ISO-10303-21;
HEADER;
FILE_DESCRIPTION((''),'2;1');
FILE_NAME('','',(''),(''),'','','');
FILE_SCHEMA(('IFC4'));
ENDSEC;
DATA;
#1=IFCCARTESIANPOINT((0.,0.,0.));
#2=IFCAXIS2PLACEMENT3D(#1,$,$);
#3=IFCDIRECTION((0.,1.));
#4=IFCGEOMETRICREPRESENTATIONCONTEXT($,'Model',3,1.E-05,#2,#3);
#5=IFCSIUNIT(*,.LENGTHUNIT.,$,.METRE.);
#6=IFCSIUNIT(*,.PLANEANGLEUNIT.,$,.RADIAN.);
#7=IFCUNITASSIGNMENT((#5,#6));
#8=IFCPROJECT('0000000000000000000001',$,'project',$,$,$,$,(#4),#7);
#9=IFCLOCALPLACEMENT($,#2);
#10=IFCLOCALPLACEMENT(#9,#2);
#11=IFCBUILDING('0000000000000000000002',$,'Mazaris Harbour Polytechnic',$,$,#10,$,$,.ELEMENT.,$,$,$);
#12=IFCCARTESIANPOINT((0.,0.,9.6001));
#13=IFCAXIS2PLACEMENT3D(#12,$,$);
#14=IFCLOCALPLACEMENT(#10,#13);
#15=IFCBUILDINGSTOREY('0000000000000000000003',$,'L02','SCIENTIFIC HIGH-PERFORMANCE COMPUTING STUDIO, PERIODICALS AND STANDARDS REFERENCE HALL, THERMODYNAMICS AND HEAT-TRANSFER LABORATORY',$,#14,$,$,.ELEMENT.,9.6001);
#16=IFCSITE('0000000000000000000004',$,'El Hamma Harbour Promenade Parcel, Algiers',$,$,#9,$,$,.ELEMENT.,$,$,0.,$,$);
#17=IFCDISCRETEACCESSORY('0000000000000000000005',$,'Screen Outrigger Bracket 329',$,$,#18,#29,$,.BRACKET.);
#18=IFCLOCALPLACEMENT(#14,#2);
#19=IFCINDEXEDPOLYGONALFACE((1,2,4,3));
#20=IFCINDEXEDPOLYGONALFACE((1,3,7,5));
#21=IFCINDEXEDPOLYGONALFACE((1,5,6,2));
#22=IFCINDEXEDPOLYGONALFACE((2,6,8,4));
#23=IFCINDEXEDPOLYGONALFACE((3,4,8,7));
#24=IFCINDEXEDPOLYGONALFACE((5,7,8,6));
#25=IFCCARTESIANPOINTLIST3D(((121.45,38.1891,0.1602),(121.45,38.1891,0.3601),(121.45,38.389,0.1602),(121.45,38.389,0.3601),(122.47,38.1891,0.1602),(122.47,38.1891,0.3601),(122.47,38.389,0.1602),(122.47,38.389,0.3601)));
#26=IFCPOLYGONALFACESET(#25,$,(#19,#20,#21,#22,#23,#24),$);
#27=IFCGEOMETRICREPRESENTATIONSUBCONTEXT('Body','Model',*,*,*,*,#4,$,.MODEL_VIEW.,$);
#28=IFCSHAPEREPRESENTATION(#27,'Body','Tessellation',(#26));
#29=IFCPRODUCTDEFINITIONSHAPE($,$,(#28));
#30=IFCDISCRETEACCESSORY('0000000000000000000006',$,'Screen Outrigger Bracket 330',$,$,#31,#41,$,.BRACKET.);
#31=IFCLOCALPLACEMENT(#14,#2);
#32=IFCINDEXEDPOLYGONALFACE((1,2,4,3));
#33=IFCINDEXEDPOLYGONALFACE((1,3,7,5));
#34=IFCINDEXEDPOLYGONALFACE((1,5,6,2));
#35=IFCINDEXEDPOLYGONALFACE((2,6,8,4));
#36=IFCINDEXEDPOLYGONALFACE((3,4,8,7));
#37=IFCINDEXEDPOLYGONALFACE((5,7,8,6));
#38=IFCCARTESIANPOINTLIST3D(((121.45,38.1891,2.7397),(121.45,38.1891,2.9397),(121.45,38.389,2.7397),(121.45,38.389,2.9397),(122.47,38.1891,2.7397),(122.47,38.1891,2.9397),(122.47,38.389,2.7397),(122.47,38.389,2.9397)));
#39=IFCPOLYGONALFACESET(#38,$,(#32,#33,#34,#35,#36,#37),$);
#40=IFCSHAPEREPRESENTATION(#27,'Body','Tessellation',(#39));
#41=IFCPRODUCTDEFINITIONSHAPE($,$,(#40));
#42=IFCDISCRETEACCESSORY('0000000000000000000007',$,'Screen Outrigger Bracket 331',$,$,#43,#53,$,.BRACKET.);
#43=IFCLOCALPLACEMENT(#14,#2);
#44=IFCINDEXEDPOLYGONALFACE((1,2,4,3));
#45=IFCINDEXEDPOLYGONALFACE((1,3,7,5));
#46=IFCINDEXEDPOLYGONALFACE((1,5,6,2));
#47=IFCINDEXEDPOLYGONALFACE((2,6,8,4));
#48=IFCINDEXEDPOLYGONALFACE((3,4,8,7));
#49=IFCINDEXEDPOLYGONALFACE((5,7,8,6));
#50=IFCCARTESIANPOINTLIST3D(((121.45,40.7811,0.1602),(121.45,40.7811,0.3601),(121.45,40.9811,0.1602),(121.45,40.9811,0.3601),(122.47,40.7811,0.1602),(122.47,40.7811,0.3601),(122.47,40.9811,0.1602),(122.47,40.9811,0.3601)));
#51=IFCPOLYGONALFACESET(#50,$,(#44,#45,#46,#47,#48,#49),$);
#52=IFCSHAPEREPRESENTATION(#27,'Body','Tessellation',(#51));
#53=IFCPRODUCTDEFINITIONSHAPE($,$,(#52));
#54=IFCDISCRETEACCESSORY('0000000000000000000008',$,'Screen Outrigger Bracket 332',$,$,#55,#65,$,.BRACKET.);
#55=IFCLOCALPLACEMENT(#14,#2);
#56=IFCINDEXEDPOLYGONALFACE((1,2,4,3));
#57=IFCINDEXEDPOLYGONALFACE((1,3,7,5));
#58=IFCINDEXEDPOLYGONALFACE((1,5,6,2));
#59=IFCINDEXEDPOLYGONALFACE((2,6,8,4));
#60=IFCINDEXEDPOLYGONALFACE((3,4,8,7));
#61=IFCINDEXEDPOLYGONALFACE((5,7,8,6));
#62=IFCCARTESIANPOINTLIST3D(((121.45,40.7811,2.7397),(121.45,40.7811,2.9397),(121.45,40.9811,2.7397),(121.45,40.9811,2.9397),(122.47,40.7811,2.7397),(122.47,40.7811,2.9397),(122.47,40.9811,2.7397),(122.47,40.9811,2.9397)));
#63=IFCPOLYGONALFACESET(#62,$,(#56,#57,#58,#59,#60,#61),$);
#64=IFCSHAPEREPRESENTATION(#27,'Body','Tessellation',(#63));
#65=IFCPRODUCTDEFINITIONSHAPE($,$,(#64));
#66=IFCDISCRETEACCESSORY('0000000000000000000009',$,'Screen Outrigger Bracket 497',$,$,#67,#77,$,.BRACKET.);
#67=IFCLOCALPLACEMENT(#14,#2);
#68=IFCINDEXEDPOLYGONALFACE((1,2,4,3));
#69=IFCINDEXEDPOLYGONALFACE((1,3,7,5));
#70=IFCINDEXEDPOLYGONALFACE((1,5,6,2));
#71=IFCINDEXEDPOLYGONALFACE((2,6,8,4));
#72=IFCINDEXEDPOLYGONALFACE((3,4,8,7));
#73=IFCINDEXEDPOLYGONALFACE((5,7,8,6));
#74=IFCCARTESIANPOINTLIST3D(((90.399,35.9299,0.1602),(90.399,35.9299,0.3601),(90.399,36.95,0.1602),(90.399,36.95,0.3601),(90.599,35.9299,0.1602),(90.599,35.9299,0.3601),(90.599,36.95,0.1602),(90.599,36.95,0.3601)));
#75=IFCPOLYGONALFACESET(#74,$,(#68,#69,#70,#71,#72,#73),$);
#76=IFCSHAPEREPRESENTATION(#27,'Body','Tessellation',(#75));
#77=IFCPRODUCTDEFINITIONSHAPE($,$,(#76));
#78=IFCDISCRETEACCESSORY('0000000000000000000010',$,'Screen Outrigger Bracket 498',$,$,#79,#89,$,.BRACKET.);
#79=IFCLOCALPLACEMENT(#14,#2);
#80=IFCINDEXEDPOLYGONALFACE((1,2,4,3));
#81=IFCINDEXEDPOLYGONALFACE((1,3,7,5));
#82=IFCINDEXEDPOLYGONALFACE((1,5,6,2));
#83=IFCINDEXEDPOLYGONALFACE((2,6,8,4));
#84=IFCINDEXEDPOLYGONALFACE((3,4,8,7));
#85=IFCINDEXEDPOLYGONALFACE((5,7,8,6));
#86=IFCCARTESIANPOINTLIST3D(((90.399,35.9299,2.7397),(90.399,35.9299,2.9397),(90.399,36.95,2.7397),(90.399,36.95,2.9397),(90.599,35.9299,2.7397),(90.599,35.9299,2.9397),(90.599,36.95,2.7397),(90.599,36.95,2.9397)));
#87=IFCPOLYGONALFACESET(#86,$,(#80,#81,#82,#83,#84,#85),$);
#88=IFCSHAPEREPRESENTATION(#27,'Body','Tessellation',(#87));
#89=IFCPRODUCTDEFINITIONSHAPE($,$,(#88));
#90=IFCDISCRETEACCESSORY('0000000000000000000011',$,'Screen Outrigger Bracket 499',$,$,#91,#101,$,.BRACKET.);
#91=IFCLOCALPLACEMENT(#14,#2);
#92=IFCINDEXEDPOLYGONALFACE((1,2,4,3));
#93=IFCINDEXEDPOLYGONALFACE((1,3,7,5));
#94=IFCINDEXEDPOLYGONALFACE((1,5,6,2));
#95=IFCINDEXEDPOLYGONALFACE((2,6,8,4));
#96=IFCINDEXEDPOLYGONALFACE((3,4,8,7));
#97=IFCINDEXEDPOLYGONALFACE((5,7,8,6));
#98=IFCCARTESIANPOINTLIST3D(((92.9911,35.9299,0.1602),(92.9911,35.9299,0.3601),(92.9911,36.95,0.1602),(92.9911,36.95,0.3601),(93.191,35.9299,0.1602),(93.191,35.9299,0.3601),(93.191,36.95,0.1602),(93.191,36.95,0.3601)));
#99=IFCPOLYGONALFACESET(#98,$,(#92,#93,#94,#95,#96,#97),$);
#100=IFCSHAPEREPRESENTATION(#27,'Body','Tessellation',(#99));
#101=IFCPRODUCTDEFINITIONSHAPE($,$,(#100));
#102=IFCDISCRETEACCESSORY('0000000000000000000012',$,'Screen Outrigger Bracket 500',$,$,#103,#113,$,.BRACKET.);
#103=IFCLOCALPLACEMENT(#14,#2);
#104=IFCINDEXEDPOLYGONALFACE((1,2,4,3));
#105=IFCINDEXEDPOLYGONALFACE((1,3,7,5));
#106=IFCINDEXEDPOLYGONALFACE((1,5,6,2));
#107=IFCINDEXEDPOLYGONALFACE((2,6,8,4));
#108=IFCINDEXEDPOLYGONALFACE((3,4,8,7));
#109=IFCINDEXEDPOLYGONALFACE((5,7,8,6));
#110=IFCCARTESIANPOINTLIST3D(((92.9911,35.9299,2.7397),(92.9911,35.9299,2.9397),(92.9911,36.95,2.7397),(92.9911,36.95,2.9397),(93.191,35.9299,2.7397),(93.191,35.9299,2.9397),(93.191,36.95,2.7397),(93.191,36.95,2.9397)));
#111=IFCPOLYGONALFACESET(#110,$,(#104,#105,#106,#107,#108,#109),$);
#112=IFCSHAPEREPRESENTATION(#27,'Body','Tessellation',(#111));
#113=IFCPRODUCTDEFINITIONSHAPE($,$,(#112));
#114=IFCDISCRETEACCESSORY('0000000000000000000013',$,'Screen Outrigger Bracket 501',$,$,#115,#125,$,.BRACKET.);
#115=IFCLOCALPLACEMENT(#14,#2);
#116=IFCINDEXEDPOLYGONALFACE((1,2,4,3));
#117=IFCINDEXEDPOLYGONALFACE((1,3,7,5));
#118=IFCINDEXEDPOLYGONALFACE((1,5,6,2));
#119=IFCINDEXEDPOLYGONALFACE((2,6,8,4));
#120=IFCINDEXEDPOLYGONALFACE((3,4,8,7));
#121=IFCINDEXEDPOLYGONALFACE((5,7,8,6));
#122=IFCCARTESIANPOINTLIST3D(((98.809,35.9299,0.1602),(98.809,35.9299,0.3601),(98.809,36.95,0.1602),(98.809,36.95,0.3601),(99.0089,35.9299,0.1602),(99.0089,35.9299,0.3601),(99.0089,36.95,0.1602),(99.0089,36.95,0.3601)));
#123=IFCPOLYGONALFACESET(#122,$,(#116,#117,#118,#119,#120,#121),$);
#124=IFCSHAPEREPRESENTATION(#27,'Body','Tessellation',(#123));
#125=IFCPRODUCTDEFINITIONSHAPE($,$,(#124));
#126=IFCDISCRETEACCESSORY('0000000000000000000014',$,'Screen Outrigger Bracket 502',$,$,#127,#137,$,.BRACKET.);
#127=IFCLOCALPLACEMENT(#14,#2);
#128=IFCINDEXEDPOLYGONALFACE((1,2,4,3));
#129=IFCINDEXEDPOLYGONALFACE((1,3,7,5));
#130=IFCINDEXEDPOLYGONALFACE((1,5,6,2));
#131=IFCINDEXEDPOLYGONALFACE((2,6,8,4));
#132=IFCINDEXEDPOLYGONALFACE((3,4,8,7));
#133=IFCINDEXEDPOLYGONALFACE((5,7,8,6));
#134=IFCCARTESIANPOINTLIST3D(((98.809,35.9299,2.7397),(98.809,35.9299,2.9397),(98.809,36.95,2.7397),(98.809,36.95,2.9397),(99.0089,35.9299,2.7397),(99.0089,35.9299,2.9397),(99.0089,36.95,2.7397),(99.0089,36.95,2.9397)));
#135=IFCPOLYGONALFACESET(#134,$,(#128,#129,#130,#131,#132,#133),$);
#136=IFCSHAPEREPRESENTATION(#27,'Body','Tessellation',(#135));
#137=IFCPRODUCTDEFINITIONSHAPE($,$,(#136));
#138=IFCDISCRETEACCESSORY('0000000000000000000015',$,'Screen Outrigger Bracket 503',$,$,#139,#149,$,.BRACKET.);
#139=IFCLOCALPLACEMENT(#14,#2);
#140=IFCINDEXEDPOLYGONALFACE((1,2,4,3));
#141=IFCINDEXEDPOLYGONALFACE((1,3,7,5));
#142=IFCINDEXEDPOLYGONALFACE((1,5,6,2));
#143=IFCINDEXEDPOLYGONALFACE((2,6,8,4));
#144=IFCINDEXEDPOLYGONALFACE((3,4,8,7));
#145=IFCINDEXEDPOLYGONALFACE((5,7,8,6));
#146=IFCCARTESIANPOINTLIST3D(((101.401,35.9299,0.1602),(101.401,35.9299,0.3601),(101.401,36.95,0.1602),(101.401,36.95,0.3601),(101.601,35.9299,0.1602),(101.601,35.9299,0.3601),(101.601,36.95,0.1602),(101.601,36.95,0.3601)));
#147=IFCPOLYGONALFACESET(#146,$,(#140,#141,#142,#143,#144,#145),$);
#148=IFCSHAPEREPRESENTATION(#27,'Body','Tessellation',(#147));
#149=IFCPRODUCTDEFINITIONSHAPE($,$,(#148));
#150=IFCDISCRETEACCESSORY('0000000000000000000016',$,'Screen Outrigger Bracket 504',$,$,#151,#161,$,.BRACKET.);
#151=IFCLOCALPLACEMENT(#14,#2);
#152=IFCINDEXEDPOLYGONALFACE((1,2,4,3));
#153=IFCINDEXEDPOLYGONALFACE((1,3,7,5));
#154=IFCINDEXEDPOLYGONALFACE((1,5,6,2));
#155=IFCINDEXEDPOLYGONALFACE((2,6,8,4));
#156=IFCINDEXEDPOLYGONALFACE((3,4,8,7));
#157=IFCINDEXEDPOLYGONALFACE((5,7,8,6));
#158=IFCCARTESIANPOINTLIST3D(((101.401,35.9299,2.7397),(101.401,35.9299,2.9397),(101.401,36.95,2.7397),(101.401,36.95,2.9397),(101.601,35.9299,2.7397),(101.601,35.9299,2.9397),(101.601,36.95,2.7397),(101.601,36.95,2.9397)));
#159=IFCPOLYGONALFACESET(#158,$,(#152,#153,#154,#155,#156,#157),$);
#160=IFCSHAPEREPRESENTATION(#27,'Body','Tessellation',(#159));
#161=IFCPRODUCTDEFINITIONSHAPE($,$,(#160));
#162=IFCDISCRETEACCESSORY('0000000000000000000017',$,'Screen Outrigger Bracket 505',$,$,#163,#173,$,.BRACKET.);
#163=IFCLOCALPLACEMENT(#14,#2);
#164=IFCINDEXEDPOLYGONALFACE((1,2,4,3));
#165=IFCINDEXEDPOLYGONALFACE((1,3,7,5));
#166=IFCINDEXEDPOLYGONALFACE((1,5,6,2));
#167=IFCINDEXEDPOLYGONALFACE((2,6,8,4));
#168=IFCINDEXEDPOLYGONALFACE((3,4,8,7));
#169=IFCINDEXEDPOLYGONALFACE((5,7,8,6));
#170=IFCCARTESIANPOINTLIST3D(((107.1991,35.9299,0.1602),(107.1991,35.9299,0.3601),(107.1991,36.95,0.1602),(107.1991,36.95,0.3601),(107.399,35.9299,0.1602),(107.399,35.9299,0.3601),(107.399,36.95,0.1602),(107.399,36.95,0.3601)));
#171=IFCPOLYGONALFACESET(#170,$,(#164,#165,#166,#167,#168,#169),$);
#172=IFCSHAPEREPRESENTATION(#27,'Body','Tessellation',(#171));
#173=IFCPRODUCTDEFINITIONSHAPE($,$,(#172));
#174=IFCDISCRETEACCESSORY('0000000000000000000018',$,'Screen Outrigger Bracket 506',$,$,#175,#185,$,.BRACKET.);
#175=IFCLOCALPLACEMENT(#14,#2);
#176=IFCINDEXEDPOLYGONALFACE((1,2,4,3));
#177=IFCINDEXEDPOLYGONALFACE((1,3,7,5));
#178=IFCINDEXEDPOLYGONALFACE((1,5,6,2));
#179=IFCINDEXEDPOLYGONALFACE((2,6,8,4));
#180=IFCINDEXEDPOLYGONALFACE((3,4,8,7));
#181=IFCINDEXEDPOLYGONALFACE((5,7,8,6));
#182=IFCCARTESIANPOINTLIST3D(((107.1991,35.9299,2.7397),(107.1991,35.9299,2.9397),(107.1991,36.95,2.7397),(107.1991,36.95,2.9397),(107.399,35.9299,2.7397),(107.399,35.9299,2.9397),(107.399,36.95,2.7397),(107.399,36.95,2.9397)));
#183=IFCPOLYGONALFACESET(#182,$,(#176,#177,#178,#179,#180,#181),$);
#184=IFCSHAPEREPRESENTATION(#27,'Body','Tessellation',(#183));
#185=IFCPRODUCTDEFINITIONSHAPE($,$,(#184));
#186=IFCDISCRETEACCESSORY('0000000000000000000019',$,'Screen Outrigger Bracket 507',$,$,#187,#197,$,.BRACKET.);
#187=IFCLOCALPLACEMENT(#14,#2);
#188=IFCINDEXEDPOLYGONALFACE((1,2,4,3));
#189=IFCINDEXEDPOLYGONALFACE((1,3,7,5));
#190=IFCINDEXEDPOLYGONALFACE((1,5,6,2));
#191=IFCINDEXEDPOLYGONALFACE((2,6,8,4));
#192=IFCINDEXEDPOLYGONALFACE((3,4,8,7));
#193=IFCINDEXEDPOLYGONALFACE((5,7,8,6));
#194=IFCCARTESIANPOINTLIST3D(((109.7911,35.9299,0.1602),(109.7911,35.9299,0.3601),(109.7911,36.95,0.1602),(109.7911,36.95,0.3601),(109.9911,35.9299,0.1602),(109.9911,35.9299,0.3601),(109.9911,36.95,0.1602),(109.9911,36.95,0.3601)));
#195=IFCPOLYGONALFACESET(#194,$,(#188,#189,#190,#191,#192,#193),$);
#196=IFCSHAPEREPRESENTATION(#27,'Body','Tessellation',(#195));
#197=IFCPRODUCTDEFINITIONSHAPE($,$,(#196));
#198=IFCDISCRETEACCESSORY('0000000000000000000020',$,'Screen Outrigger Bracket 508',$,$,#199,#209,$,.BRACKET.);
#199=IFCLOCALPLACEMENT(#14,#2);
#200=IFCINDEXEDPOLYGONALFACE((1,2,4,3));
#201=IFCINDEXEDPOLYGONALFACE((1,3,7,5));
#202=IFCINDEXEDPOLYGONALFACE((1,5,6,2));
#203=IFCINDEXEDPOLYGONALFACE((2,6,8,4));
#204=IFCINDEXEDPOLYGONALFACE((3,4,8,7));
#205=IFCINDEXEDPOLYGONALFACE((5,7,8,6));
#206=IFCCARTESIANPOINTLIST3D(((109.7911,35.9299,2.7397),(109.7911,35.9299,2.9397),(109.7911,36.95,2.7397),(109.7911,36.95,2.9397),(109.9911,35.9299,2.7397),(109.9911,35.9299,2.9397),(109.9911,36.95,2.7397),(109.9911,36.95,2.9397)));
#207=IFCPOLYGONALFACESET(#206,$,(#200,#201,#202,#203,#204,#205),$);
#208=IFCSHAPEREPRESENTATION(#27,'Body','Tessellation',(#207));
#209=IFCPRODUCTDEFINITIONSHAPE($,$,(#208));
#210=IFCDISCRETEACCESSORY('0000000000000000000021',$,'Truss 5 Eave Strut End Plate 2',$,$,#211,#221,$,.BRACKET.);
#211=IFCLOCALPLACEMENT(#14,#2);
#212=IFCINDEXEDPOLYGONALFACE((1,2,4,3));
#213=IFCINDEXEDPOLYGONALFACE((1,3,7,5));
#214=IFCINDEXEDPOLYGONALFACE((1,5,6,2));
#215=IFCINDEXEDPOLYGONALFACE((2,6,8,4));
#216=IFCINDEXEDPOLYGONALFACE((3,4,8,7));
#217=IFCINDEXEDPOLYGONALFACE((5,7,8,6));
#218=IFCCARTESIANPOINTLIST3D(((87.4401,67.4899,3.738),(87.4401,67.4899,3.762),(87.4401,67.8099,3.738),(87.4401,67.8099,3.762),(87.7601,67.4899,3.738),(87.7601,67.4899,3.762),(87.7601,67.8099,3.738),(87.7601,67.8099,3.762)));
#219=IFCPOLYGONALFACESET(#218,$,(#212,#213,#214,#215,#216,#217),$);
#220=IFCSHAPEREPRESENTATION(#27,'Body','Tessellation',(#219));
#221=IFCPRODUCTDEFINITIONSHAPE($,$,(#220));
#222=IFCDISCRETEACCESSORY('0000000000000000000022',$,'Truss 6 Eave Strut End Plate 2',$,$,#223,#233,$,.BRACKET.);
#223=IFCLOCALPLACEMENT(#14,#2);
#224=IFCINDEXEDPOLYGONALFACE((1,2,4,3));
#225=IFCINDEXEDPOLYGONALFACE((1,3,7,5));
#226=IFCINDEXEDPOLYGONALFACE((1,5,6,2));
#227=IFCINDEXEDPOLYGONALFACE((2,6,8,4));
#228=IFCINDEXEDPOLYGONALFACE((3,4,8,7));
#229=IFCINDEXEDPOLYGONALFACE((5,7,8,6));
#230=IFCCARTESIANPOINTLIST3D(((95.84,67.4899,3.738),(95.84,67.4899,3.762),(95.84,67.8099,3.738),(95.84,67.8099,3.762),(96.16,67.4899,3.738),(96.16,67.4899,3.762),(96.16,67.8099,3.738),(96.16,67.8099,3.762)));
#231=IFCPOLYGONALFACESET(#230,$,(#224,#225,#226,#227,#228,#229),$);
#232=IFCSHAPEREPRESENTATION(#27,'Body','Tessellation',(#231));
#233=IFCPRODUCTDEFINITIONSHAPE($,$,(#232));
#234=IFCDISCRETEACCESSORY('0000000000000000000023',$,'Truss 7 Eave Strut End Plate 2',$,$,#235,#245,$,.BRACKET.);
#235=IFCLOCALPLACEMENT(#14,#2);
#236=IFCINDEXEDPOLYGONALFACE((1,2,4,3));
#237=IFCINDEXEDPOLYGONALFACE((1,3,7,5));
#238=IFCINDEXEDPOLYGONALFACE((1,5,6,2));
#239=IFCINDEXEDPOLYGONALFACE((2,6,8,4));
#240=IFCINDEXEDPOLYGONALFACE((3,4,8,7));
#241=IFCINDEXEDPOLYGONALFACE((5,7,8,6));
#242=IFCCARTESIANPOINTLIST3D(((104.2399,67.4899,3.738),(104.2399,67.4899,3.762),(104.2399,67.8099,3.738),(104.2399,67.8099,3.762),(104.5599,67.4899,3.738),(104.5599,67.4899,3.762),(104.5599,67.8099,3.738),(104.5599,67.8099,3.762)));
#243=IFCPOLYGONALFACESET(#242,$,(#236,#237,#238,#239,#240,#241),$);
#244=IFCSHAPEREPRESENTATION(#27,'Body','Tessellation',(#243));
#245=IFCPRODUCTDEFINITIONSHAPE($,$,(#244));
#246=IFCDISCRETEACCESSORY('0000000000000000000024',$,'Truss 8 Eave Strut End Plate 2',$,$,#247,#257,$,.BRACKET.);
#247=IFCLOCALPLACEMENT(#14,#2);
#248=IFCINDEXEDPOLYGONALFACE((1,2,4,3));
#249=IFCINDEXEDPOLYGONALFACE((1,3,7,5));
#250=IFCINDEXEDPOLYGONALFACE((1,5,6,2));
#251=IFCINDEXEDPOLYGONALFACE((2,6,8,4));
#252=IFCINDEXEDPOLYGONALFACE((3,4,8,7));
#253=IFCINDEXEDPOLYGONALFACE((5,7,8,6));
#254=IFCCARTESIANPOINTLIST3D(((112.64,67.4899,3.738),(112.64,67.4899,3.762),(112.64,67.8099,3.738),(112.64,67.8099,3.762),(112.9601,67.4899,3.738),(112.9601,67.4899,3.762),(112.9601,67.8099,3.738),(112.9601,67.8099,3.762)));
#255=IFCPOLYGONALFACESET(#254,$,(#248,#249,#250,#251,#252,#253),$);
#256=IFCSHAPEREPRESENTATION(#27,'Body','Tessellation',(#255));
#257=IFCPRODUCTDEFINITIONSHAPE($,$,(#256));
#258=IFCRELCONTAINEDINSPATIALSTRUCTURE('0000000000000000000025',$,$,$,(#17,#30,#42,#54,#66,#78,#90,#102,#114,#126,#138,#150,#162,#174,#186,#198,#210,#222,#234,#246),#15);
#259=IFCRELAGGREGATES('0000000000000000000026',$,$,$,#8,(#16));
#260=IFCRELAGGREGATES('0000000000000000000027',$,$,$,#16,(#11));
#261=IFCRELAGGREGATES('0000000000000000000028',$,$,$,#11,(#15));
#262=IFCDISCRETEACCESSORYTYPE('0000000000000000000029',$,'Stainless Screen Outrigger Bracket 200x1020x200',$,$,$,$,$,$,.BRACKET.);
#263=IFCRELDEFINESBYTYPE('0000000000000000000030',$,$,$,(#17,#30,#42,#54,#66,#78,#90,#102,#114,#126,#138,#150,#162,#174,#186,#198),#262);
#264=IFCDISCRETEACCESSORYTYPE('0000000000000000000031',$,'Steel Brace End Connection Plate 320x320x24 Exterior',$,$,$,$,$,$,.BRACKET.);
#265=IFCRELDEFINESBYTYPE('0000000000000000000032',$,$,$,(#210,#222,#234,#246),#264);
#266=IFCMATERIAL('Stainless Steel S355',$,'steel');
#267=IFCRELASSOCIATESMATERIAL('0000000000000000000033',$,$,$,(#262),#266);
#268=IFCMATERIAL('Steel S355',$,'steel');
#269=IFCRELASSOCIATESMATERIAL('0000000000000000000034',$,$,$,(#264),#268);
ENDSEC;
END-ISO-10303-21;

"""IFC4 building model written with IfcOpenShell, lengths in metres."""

from ifc_helpers import new_model, si_unit, direction, frame, origin, origin_2d, place, context, subcontext, project, spatial, rectangle, extrude, material, type_object, element, save


model = new_model("IFC4")

# Units and contexts
model_context = context("Model", 3, precision=1e-05, world=origin(), true_north=direction((0.0, 1.0)))
body_context = subcontext(model_context, "Body", "Model", "MODEL_VIEW")
ifc_project = project(units=[si_unit("LENGTHUNIT", "METRE"), si_unit("PLANEANGLEUNIT", "RADIAN")], contexts=[model_context])

# Site, building, storey
site_placement = place(None, origin())
site = spatial("IfcSite", under=ifc_project, at=site_placement, Name="El Hamma Harbour Promenade Parcel, Algiers", CompositionType="ELEMENT", RefElevation=0.0)
building_placement = place(site_placement, origin())
building = spatial("IfcBuilding", under=site, at=building_placement, Name="Mazaris Harbour Polytechnic", CompositionType="ELEMENT")
storey_placement = place(building_placement, frame((0.0, 0.0, 9.6001)))
storey = spatial("IfcBuildingStorey", under=building, at=storey_placement, Name="L02", Description="SCIENTIFIC HIGH-PERFORMANCE COMPUTING STUDIO, PERIODICALS AND STANDARDS REFERENCE HALL, THERMODYNAMICS AND HEAT-TRANSFER LABORATORY", CompositionType="ELEMENT", Elevation=9.6001)

# Discrete accessories
ifc_material_1 = material(Name="Stainless Steel S355", Category="steel")
discrete_accessory_type_1 = type_object("IfcDiscreteAccessoryType", Name="Stainless Screen Outrigger Bracket 200x1020x200", PredefinedType="BRACKET", material=ifc_material_1)
for number, where, z_axis, x_axis, name in (
    (1, (121.96, 38.2891, 0.1602), (0.0, 0.0, 1.0), (0.0, 1.0, 0.0), "Screen Outrigger Bracket 329"),
    (2, (121.96, 38.2891, 2.7397), (0.0, 0.0, 1.0), (0.0, 1.0, 0.0), "Screen Outrigger Bracket 330"),
    (3, (121.96, 40.8811, 0.1602), (0.0, 0.0, 1.0), (0.0, 1.0, 0.0), "Screen Outrigger Bracket 331"),
    (4, (121.96, 40.8811, 2.7397), (0.0, 0.0, 1.0), (0.0, 1.0, 0.0), "Screen Outrigger Bracket 332"),
    (5, (90.499, 36.4399, 0.1602), (0.0, 0.0, 1.0), (1.0, 0.0, 0.0), "Screen Outrigger Bracket 497"),
    (6, (90.499, 36.4399, 2.7397), (0.0, 0.0, 1.0), (1.0, 0.0, 0.0), "Screen Outrigger Bracket 498"),
    (7, (93.0911, 36.4399, 0.1602), (0.0, 0.0, 1.0), (1.0, 0.0, 0.0), "Screen Outrigger Bracket 499"),
    (8, (93.0911, 36.4399, 2.7397), (0.0, 0.0, 1.0), (1.0, 0.0, 0.0), "Screen Outrigger Bracket 500"),
    (9, (98.9089, 36.4399, 0.1602), (0.0, 0.0, 1.0), (1.0, 0.0, 0.0), "Screen Outrigger Bracket 501"),
    (10, (98.9089, 36.4399, 2.7397), (0.0, 0.0, 1.0), (1.0, 0.0, 0.0), "Screen Outrigger Bracket 502"),
    (11, (101.501, 36.4399, 0.1602), (0.0, 0.0, 1.0), (1.0, 0.0, 0.0), "Screen Outrigger Bracket 503"),
    (12, (101.501, 36.4399, 2.7397), (0.0, 0.0, 1.0), (1.0, 0.0, 0.0), "Screen Outrigger Bracket 504"),
    (13, (107.2991, 36.4399, 0.1602), (0.0, 0.0, 1.0), (1.0, 0.0, 0.0), "Screen Outrigger Bracket 505"),
    (14, (107.2991, 36.4399, 2.7397), (0.0, 0.0, 1.0), (1.0, 0.0, 0.0), "Screen Outrigger Bracket 506"),
    (15, (109.8911, 36.4399, 0.1602), (0.0, 0.0, 1.0), (1.0, 0.0, 0.0), "Screen Outrigger Bracket 507"),
    (16, (109.8911, 36.4399, 2.7397), (0.0, 0.0, 1.0), (1.0, 0.0, 0.0), "Screen Outrigger Bracket 508"),
):
    element("IfcDiscreteAccessory", number, at=place(storey_placement, frame(where, z_axis=z_axis, x_axis=x_axis)), inside=storey, type_object=discrete_accessory_type_1, Name=name, PredefinedType="BRACKET", context=body_context, shape_type="SweptSolid", body=[
        extrude(rectangle(XDim=0.2, YDim=1.02, at=origin_2d()), origin(), (0.0, 0.0, 1.0), 0.2),
    ])
ifc_material_2 = material(Name="Steel S355", Category="steel")
discrete_accessory_type_2 = type_object("IfcDiscreteAccessoryType", Name="Steel Brace End Connection Plate 320x320x24 Exterior", PredefinedType="BRACKET", material=ifc_material_2)
for number, where, z_axis, x_axis, name in (
    (17, (87.6001, 67.6499, 3.738), (0.0, 0.0, 1.0), (1.0, 0.0, 0.0), "Truss 5 Eave Strut End Plate 2"),
    (18, (96.0, 67.6499, 3.738), (0.0, 0.0, 1.0), (1.0, 0.0, 0.0), "Truss 6 Eave Strut End Plate 2"),
    (19, (104.3999, 67.6499, 3.738), (0.0, 0.0, 1.0), (1.0, 0.0, 0.0), "Truss 7 Eave Strut End Plate 2"),
    (20, (112.8, 67.6499, 3.738), (0.0, 0.0, 1.0), (1.0, 0.0, 0.0), "Truss 8 Eave Strut End Plate 2"),
):
    element("IfcDiscreteAccessory", number, at=place(storey_placement, frame(where, z_axis=z_axis, x_axis=x_axis)), inside=storey, type_object=discrete_accessory_type_2, Name=name, PredefinedType="BRACKET", context=body_context, shape_type="SweptSolid", body=[
        extrude(rectangle(XDim=0.3201, YDim=0.3201, at=origin_2d()), origin(), (0.0, 0.0, 1.0), 0.0239),
    ])

save(model, "model.ifc")
